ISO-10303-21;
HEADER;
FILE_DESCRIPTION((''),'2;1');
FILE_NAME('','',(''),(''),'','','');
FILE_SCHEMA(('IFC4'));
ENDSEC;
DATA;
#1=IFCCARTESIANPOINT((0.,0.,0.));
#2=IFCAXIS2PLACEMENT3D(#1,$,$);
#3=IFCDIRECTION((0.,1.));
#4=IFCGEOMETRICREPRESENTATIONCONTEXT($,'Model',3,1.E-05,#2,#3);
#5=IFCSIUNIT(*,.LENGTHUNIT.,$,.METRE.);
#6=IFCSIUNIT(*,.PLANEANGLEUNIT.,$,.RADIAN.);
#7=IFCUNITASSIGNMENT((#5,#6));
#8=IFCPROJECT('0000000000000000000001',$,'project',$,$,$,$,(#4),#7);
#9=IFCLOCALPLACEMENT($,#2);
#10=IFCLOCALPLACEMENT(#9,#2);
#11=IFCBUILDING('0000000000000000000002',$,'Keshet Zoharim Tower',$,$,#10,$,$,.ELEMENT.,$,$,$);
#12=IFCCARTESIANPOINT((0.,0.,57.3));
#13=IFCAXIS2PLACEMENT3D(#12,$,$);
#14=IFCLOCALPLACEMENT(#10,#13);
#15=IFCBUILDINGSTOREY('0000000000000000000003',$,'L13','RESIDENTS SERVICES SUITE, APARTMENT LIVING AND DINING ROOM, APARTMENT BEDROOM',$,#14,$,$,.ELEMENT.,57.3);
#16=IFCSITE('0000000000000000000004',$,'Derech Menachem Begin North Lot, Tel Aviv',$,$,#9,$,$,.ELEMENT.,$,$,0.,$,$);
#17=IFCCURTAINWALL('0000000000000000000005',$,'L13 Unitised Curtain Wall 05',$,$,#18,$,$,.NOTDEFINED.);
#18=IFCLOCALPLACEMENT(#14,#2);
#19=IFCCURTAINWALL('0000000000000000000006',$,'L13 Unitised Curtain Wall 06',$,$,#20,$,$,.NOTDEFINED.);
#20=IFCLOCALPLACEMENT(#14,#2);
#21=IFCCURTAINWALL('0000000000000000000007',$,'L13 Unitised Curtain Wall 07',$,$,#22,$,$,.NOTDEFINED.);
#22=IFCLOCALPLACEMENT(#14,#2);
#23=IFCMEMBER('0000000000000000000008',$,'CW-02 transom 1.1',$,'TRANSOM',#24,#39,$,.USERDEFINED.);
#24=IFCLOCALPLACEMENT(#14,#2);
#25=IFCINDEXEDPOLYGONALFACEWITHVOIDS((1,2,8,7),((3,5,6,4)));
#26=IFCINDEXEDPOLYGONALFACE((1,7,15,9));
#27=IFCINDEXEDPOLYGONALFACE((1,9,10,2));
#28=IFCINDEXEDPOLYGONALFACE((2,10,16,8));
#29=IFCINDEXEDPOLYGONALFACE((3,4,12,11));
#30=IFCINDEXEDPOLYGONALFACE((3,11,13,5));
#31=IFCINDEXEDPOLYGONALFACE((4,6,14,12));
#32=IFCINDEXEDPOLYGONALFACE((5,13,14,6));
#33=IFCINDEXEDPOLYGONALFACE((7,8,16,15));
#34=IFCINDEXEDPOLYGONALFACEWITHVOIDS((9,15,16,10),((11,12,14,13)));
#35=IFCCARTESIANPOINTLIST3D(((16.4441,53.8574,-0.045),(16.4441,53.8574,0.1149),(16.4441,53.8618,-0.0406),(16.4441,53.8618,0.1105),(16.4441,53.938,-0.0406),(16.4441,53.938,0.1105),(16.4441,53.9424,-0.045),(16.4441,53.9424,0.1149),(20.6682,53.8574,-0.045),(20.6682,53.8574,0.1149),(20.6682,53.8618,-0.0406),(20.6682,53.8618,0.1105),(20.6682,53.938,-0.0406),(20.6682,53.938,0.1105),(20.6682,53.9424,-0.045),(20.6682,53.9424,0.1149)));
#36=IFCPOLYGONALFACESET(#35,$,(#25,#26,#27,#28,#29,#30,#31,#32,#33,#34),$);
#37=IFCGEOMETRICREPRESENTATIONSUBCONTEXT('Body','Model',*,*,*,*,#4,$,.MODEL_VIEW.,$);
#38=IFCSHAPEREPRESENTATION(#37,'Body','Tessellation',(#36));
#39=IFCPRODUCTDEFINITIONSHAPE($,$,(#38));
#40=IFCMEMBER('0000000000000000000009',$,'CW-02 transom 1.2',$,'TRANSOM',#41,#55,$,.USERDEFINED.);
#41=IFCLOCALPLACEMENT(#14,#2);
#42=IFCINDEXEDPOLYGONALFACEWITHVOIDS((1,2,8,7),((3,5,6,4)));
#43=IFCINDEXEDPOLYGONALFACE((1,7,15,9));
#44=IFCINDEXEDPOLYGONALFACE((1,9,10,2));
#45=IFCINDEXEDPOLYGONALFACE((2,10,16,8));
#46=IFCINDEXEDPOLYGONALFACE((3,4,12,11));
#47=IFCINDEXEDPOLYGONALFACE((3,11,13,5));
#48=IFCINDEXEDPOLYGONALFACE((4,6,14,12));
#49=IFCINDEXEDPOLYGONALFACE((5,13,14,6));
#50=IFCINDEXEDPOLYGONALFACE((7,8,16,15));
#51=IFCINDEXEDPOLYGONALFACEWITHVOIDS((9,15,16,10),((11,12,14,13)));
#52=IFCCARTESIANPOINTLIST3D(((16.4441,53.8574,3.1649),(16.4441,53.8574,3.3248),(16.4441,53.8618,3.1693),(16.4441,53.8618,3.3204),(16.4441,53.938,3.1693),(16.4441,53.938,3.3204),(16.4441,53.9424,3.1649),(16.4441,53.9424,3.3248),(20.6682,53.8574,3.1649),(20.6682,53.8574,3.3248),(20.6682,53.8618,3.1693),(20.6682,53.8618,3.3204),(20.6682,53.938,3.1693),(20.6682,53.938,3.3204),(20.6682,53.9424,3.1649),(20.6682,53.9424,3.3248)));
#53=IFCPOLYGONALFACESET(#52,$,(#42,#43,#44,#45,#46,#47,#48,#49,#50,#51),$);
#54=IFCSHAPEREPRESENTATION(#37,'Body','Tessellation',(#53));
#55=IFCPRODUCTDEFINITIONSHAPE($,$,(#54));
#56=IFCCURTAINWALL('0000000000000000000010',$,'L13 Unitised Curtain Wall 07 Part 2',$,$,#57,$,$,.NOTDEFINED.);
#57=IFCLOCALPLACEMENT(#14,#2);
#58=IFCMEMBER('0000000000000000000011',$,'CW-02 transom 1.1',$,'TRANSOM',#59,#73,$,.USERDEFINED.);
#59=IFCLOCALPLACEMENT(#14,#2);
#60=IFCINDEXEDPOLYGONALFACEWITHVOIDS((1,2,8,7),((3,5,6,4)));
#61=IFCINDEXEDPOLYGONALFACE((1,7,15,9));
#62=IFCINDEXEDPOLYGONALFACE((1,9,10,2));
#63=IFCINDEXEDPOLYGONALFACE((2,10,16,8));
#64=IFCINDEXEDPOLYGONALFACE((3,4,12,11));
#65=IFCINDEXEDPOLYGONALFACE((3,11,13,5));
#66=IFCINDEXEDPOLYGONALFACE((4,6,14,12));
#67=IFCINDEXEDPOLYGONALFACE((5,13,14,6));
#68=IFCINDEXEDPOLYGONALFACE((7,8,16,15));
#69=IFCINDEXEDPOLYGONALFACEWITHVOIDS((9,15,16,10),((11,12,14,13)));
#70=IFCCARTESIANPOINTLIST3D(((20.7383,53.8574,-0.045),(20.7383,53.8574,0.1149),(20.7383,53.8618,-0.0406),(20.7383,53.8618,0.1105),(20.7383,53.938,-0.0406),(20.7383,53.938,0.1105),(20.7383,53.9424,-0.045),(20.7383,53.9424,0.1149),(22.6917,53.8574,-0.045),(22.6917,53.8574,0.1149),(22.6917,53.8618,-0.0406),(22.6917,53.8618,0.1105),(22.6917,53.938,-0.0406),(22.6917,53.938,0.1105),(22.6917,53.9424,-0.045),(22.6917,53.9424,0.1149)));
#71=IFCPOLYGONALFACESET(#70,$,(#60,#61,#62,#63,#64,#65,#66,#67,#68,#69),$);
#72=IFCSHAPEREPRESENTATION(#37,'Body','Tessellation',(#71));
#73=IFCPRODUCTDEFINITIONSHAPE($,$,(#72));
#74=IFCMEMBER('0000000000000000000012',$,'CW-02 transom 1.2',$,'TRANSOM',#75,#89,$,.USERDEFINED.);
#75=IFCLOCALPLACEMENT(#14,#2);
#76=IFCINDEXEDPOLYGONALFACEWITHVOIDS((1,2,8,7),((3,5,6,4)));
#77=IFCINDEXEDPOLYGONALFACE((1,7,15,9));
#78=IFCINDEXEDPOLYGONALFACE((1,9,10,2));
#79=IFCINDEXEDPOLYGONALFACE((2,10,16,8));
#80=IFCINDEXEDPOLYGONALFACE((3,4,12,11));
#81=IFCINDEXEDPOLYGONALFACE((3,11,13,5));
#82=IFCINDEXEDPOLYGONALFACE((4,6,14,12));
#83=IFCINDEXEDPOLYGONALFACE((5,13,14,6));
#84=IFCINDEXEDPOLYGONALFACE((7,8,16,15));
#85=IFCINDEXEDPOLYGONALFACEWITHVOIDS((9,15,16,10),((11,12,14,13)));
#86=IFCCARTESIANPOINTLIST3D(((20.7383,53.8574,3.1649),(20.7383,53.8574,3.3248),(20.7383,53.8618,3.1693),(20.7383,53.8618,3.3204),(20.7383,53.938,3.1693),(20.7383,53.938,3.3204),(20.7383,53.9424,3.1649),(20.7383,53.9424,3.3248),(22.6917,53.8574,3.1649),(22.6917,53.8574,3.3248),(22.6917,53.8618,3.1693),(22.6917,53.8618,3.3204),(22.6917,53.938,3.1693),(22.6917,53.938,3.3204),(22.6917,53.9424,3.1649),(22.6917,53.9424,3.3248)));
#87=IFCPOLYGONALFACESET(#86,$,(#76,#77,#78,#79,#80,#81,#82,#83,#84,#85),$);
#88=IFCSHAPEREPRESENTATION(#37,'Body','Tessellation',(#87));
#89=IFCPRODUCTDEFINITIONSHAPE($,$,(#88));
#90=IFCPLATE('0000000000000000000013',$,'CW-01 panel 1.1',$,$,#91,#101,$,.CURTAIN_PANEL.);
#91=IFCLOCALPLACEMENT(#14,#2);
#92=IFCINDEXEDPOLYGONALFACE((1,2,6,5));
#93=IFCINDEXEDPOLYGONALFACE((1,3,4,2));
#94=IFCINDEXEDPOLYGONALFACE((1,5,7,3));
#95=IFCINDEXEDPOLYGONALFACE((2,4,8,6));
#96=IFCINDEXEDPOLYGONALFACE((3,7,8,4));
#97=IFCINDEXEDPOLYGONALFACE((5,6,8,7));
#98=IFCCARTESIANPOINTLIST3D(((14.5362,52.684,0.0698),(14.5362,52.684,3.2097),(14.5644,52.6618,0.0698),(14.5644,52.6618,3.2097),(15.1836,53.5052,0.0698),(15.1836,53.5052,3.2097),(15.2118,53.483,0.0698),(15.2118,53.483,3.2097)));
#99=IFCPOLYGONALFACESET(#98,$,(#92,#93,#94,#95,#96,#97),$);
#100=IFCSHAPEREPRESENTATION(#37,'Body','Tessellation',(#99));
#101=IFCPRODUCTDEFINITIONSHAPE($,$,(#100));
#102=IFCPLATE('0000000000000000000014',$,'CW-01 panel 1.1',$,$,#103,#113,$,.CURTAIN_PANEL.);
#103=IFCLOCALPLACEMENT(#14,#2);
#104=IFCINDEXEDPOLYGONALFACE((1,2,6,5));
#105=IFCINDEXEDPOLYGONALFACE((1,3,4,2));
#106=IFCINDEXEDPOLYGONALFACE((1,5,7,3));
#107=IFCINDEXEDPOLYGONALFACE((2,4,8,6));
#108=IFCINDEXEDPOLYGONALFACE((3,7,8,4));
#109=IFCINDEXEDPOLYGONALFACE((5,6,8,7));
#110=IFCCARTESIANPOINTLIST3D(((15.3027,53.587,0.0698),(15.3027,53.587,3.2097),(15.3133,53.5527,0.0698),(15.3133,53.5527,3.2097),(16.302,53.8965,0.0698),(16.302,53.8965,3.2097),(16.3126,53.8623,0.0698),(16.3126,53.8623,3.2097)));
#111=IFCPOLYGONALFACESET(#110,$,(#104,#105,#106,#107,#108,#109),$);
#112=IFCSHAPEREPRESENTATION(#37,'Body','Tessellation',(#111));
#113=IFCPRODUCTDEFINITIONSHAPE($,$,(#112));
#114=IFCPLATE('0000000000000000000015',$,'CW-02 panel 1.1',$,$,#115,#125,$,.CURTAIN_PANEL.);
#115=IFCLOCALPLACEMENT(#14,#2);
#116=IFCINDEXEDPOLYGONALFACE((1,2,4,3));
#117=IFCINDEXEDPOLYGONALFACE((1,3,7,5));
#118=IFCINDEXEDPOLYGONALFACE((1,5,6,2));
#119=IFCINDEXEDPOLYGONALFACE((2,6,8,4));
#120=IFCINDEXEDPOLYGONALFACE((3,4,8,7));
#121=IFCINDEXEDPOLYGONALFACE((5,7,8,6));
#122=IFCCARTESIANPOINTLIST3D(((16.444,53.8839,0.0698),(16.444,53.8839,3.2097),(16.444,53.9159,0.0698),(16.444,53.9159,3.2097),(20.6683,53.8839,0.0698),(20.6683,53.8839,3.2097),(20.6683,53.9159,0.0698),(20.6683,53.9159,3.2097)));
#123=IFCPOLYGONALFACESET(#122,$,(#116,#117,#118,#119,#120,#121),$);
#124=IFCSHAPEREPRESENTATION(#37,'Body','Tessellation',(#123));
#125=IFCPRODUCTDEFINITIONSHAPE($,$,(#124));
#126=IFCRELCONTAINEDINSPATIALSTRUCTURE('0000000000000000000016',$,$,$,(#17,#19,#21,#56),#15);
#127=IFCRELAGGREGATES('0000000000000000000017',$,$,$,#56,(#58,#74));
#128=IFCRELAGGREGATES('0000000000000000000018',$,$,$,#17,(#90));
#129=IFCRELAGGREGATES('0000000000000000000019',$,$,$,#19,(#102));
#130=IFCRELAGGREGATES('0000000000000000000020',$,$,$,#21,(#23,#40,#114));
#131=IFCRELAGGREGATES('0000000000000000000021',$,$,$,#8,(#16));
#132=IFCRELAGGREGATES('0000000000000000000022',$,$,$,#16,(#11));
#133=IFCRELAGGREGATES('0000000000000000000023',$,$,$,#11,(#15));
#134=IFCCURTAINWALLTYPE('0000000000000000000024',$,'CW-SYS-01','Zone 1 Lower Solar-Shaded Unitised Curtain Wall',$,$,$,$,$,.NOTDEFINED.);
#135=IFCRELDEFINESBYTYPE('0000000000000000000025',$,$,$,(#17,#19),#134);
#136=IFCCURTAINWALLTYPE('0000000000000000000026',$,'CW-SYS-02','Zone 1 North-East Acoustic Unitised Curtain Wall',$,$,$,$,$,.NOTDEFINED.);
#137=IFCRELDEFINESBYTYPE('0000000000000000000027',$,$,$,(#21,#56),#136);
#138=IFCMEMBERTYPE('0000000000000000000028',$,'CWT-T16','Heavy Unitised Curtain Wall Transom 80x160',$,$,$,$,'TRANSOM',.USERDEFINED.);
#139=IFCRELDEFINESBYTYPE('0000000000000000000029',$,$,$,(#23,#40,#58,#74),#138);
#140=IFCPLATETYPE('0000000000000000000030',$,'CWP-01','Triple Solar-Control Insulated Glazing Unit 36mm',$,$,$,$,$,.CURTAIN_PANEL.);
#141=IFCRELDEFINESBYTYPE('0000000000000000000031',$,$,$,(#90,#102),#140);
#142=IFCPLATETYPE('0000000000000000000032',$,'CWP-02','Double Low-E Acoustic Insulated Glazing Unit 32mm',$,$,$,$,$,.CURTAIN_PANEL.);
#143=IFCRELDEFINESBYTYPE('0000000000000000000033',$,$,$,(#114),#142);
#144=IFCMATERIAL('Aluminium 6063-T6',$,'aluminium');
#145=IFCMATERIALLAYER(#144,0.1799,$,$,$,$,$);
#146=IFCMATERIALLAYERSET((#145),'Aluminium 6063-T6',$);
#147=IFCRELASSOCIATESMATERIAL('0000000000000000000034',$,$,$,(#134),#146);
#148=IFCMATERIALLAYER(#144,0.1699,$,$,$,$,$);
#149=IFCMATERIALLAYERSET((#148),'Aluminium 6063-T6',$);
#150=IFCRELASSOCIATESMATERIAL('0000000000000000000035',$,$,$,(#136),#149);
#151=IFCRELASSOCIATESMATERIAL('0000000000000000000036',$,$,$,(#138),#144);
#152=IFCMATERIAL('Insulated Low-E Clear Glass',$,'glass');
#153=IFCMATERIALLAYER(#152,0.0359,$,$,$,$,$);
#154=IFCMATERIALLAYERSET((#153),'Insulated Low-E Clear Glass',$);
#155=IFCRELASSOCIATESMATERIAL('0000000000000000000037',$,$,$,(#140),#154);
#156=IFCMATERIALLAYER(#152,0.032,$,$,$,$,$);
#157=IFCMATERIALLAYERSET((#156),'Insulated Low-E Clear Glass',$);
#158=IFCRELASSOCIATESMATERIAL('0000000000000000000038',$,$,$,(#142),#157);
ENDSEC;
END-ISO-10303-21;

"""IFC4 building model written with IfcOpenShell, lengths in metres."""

from ifc_helpers import new_model, si_unit, direction, frame, origin, origin_2d, place, context, subcontext, project, spatial, rectangle, hollow_rectangle, extrude, material, layer, layer_set, material_profile, profile_set, type_object, element, aggregate, save


model = new_model("IFC4")

# Units and contexts
model_context = context("Model", 3, precision=1e-05, world=origin(), true_north=direction((0.0, 1.0)))
body_context = subcontext(model_context, "Body", "Model", "MODEL_VIEW")
ifc_project = project(units=[si_unit("LENGTHUNIT", "METRE"), si_unit("PLANEANGLEUNIT", "RADIAN")], contexts=[model_context])

# Site, building, storey
site_placement = place(None, origin())
site = spatial("IfcSite", under=ifc_project, at=site_placement, Name="Derech Menachem Begin North Lot, Tel Aviv", CompositionType="ELEMENT", RefElevation=0.0)
building_placement = place(site_placement, origin())
building = spatial("IfcBuilding", under=site, at=building_placement, Name="Keshet Zoharim Tower", CompositionType="ELEMENT")
storey_placement = place(building_placement, frame((0.0, 0.0, 57.3)))
storey = spatial("IfcBuildingStorey", under=building, at=storey_placement, Name="L13", Description="RESIDENTS SERVICES SUITE, APARTMENT LIVING AND DINING ROOM, APARTMENT BEDROOM", CompositionType="ELEMENT", Elevation=57.3)

# Shared definitions
ifc_material_1 = material(Name="Aluminium 6063-T6", Category="aluminium")
ifc_layer_1 = layer(ifc_material_1, 0.1799)
ifc_layer_set_1 = layer_set([ifc_layer_1], Name="Aluminium 6063-T6")
curtain_wall_type_1 = type_object("IfcCurtainWallType", Name="CW-SYS-01", Description="Zone 1 Lower Solar-Shaded Unitised Curtain Wall", PredefinedType="NOTDEFINED", material=ifc_layer_set_1)

# Curtain walls
curtain_wall_1_placement = place(storey_placement, origin())
curtain_wall_1 = element("IfcCurtainWall", 1, at=curtain_wall_1_placement, inside=storey, type_object=curtain_wall_type_1, Name="L13 Unitised Curtain Wall 05", PredefinedType="NOTDEFINED")
curtain_wall_2_placement = place(storey_placement, origin())
curtain_wall_2 = element("IfcCurtainWall", 2, at=curtain_wall_2_placement, inside=storey, type_object=curtain_wall_type_1, Name="L13 Unitised Curtain Wall 06", PredefinedType="NOTDEFINED")
ifc_layer_2 = layer(ifc_material_1, 0.1699)
ifc_layer_set_2 = layer_set([ifc_layer_2], Name="Aluminium 6063-T6")
curtain_wall_type_2 = type_object("IfcCurtainWallType", Name="CW-SYS-02", Description="Zone 1 North-East Acoustic Unitised Curtain Wall", PredefinedType="NOTDEFINED", material=ifc_layer_set_2)
curtain_wall_3_placement = place(storey_placement, origin())
curtain_wall_3 = element("IfcCurtainWall", 3, at=curtain_wall_3_placement, inside=storey, type_object=curtain_wall_type_2, Name="L13 Unitised Curtain Wall 07", PredefinedType="NOTDEFINED")

# Members
ifc_material_profile_1 = material_profile(ifc_material_1, hollow_rectangle(XDim=0.085, YDim=0.1599, WallThickness=0.0044, at=origin_2d()), Name="TRN-85x160")
ifc_profile_set_1 = profile_set([ifc_material_profile_1], Name="Aluminium 6063-T6")
member_type_1 = type_object("IfcMemberType", Name="CWT-T16", Description="Heavy Unitised Curtain Wall Transom 80x160", ElementType="TRANSOM", PredefinedType="USERDEFINED", material=ifc_profile_set_1)
member_1_placement = place(storey_placement, frame((16.4441, 53.8999, 0.0349), z_axis=(1.0, 0.0, 0.0), x_axis=(0.0, 1.0, 0.0)))
member_1 = element("IfcMember", 4, at=member_1_placement, type_object=member_type_1, Name="CW-02 transom 1.1", ObjectType="TRANSOM", PredefinedType="USERDEFINED", context=body_context, shape_type="SweptSolid", body=[
    extrude(hollow_rectangle(XDim=0.085, YDim=0.1599, WallThickness=0.0044, at=origin_2d()), origin(), (0.0, 0.0, 1.0), 4.2241),
])
member_2_placement = place(storey_placement, frame((16.4441, 53.8999, 3.2449), z_axis=(1.0, 0.0, 0.0), x_axis=(0.0, 1.0, 0.0)))
member_2 = element("IfcMember", 5, at=member_2_placement, type_object=member_type_1, Name="CW-02 transom 1.2", ObjectType="TRANSOM", PredefinedType="USERDEFINED", context=body_context, shape_type="SweptSolid", body=[
    extrude(hollow_rectangle(XDim=0.085, YDim=0.1599, WallThickness=0.0044, at=origin_2d()), origin(), (0.0, 0.0, 1.0), 4.2241),
])

# Curtain wall, members
curtain_wall_4_placement = place(storey_placement, origin())
curtain_wall_4 = element("IfcCurtainWall", 6, at=curtain_wall_4_placement, inside=storey, type_object=curtain_wall_type_2, Name="L13 Unitised Curtain Wall 07 Part 2", PredefinedType="NOTDEFINED")
member_3_placement = place(storey_placement, frame((20.7383, 53.8999, 0.0349), z_axis=(1.0, 0.0, 0.0), x_axis=(0.0, 1.0, 0.0)))
member_3 = element("IfcMember", 7, at=member_3_placement, type_object=member_type_1, Name="CW-02 transom 1.1", ObjectType="TRANSOM", PredefinedType="USERDEFINED", context=body_context, shape_type="SweptSolid", body=[
    extrude(hollow_rectangle(XDim=0.085, YDim=0.1599, WallThickness=0.0044, at=origin_2d()), origin(), (0.0, 0.0, 1.0), 1.9534),
])
member_4_placement = place(storey_placement, frame((20.7383, 53.8999, 3.2449), z_axis=(1.0, 0.0, 0.0), x_axis=(0.0, 1.0, 0.0)))
member_4 = element("IfcMember", 8, at=member_4_placement, type_object=member_type_1, Name="CW-02 transom 1.2", ObjectType="TRANSOM", PredefinedType="USERDEFINED", context=body_context, shape_type="SweptSolid", body=[
    extrude(hollow_rectangle(XDim=0.085, YDim=0.1599, WallThickness=0.0044, at=origin_2d()), origin(), (0.0, 0.0, 1.0), 1.9534),
])
aggregate(curtain_wall_4, [member_3, member_4])

# Plates
ifc_material_2 = material(Name="Insulated Low-E Clear Glass", Category="glass")
ifc_layer_3 = layer(ifc_material_2, 0.0359)
ifc_layer_set_3 = layer_set([ifc_layer_3], Name="Insulated Low-E Clear Glass")
plate_type_1 = type_object("IfcPlateType", Name="CWP-01", Description="Triple Solar-Control Insulated Glazing Unit 36mm", PredefinedType="CURTAIN_PANEL", material=ifc_layer_set_3)
plate_1_placement = place(storey_placement, frame((14.874, 53.0835, 0.0698), z_axis=(0.0, 0.0, 1.0), x_axis=(0.619125, 0.785293, 0.0)))
plate_1 = element("IfcPlate", 9, at=plate_1_placement, type_object=plate_type_1, Name="CW-01 panel 1.1", PredefinedType="CURTAIN_PANEL", context=body_context, shape_type="SweptSolid", body=[
    extrude(rectangle(XDim=1.0457, YDim=0.0359, at=origin_2d()), origin(), (0.0, 0.0, 1.0), 3.1399),
])
aggregate(curtain_wall_1, [plate_1])
plate_2_placement = place(storey_placement, frame((15.8076, 53.7246, 0.0698), z_axis=(0.0, 0.0, 1.0), x_axis=(0.955212, 0.295922, 0.0)))
plate_2 = element("IfcPlate", 10, at=plate_2_placement, type_object=plate_type_1, Name="CW-01 panel 1.1", PredefinedType="CURTAIN_PANEL", context=body_context, shape_type="SweptSolid", body=[
    extrude(rectangle(XDim=1.0461, YDim=0.0359, at=origin_2d()), origin(), (0.0, 0.0, 1.0), 3.1399),
])
aggregate(curtain_wall_2, [plate_2])
ifc_layer_4 = layer(ifc_material_2, 0.032)
ifc_layer_set_4 = layer_set([ifc_layer_4], Name="Insulated Low-E Clear Glass")
plate_type_2 = type_object("IfcPlateType", Name="CWP-02", Description="Double Low-E Acoustic Insulated Glazing Unit 32mm", PredefinedType="CURTAIN_PANEL", material=ifc_layer_set_4)
plate_3_placement = place(storey_placement, frame((18.5562, 53.8999, 0.0698), z_axis=(0.0, 0.0, 1.0), x_axis=(1.0, 0.0, 0.0)))
plate_3 = element("IfcPlate", 11, at=plate_3_placement, type_object=plate_type_2, Name="CW-02 panel 1.1", PredefinedType="CURTAIN_PANEL", context=body_context, shape_type="SweptSolid", body=[
    extrude(rectangle(XDim=4.2244, YDim=0.032, at=origin_2d()), origin(), (0.0, 0.0, 1.0), 3.1399),
])
aggregate(curtain_wall_3, [member_1, member_2, plate_3])

save(model, "model.ifc")
